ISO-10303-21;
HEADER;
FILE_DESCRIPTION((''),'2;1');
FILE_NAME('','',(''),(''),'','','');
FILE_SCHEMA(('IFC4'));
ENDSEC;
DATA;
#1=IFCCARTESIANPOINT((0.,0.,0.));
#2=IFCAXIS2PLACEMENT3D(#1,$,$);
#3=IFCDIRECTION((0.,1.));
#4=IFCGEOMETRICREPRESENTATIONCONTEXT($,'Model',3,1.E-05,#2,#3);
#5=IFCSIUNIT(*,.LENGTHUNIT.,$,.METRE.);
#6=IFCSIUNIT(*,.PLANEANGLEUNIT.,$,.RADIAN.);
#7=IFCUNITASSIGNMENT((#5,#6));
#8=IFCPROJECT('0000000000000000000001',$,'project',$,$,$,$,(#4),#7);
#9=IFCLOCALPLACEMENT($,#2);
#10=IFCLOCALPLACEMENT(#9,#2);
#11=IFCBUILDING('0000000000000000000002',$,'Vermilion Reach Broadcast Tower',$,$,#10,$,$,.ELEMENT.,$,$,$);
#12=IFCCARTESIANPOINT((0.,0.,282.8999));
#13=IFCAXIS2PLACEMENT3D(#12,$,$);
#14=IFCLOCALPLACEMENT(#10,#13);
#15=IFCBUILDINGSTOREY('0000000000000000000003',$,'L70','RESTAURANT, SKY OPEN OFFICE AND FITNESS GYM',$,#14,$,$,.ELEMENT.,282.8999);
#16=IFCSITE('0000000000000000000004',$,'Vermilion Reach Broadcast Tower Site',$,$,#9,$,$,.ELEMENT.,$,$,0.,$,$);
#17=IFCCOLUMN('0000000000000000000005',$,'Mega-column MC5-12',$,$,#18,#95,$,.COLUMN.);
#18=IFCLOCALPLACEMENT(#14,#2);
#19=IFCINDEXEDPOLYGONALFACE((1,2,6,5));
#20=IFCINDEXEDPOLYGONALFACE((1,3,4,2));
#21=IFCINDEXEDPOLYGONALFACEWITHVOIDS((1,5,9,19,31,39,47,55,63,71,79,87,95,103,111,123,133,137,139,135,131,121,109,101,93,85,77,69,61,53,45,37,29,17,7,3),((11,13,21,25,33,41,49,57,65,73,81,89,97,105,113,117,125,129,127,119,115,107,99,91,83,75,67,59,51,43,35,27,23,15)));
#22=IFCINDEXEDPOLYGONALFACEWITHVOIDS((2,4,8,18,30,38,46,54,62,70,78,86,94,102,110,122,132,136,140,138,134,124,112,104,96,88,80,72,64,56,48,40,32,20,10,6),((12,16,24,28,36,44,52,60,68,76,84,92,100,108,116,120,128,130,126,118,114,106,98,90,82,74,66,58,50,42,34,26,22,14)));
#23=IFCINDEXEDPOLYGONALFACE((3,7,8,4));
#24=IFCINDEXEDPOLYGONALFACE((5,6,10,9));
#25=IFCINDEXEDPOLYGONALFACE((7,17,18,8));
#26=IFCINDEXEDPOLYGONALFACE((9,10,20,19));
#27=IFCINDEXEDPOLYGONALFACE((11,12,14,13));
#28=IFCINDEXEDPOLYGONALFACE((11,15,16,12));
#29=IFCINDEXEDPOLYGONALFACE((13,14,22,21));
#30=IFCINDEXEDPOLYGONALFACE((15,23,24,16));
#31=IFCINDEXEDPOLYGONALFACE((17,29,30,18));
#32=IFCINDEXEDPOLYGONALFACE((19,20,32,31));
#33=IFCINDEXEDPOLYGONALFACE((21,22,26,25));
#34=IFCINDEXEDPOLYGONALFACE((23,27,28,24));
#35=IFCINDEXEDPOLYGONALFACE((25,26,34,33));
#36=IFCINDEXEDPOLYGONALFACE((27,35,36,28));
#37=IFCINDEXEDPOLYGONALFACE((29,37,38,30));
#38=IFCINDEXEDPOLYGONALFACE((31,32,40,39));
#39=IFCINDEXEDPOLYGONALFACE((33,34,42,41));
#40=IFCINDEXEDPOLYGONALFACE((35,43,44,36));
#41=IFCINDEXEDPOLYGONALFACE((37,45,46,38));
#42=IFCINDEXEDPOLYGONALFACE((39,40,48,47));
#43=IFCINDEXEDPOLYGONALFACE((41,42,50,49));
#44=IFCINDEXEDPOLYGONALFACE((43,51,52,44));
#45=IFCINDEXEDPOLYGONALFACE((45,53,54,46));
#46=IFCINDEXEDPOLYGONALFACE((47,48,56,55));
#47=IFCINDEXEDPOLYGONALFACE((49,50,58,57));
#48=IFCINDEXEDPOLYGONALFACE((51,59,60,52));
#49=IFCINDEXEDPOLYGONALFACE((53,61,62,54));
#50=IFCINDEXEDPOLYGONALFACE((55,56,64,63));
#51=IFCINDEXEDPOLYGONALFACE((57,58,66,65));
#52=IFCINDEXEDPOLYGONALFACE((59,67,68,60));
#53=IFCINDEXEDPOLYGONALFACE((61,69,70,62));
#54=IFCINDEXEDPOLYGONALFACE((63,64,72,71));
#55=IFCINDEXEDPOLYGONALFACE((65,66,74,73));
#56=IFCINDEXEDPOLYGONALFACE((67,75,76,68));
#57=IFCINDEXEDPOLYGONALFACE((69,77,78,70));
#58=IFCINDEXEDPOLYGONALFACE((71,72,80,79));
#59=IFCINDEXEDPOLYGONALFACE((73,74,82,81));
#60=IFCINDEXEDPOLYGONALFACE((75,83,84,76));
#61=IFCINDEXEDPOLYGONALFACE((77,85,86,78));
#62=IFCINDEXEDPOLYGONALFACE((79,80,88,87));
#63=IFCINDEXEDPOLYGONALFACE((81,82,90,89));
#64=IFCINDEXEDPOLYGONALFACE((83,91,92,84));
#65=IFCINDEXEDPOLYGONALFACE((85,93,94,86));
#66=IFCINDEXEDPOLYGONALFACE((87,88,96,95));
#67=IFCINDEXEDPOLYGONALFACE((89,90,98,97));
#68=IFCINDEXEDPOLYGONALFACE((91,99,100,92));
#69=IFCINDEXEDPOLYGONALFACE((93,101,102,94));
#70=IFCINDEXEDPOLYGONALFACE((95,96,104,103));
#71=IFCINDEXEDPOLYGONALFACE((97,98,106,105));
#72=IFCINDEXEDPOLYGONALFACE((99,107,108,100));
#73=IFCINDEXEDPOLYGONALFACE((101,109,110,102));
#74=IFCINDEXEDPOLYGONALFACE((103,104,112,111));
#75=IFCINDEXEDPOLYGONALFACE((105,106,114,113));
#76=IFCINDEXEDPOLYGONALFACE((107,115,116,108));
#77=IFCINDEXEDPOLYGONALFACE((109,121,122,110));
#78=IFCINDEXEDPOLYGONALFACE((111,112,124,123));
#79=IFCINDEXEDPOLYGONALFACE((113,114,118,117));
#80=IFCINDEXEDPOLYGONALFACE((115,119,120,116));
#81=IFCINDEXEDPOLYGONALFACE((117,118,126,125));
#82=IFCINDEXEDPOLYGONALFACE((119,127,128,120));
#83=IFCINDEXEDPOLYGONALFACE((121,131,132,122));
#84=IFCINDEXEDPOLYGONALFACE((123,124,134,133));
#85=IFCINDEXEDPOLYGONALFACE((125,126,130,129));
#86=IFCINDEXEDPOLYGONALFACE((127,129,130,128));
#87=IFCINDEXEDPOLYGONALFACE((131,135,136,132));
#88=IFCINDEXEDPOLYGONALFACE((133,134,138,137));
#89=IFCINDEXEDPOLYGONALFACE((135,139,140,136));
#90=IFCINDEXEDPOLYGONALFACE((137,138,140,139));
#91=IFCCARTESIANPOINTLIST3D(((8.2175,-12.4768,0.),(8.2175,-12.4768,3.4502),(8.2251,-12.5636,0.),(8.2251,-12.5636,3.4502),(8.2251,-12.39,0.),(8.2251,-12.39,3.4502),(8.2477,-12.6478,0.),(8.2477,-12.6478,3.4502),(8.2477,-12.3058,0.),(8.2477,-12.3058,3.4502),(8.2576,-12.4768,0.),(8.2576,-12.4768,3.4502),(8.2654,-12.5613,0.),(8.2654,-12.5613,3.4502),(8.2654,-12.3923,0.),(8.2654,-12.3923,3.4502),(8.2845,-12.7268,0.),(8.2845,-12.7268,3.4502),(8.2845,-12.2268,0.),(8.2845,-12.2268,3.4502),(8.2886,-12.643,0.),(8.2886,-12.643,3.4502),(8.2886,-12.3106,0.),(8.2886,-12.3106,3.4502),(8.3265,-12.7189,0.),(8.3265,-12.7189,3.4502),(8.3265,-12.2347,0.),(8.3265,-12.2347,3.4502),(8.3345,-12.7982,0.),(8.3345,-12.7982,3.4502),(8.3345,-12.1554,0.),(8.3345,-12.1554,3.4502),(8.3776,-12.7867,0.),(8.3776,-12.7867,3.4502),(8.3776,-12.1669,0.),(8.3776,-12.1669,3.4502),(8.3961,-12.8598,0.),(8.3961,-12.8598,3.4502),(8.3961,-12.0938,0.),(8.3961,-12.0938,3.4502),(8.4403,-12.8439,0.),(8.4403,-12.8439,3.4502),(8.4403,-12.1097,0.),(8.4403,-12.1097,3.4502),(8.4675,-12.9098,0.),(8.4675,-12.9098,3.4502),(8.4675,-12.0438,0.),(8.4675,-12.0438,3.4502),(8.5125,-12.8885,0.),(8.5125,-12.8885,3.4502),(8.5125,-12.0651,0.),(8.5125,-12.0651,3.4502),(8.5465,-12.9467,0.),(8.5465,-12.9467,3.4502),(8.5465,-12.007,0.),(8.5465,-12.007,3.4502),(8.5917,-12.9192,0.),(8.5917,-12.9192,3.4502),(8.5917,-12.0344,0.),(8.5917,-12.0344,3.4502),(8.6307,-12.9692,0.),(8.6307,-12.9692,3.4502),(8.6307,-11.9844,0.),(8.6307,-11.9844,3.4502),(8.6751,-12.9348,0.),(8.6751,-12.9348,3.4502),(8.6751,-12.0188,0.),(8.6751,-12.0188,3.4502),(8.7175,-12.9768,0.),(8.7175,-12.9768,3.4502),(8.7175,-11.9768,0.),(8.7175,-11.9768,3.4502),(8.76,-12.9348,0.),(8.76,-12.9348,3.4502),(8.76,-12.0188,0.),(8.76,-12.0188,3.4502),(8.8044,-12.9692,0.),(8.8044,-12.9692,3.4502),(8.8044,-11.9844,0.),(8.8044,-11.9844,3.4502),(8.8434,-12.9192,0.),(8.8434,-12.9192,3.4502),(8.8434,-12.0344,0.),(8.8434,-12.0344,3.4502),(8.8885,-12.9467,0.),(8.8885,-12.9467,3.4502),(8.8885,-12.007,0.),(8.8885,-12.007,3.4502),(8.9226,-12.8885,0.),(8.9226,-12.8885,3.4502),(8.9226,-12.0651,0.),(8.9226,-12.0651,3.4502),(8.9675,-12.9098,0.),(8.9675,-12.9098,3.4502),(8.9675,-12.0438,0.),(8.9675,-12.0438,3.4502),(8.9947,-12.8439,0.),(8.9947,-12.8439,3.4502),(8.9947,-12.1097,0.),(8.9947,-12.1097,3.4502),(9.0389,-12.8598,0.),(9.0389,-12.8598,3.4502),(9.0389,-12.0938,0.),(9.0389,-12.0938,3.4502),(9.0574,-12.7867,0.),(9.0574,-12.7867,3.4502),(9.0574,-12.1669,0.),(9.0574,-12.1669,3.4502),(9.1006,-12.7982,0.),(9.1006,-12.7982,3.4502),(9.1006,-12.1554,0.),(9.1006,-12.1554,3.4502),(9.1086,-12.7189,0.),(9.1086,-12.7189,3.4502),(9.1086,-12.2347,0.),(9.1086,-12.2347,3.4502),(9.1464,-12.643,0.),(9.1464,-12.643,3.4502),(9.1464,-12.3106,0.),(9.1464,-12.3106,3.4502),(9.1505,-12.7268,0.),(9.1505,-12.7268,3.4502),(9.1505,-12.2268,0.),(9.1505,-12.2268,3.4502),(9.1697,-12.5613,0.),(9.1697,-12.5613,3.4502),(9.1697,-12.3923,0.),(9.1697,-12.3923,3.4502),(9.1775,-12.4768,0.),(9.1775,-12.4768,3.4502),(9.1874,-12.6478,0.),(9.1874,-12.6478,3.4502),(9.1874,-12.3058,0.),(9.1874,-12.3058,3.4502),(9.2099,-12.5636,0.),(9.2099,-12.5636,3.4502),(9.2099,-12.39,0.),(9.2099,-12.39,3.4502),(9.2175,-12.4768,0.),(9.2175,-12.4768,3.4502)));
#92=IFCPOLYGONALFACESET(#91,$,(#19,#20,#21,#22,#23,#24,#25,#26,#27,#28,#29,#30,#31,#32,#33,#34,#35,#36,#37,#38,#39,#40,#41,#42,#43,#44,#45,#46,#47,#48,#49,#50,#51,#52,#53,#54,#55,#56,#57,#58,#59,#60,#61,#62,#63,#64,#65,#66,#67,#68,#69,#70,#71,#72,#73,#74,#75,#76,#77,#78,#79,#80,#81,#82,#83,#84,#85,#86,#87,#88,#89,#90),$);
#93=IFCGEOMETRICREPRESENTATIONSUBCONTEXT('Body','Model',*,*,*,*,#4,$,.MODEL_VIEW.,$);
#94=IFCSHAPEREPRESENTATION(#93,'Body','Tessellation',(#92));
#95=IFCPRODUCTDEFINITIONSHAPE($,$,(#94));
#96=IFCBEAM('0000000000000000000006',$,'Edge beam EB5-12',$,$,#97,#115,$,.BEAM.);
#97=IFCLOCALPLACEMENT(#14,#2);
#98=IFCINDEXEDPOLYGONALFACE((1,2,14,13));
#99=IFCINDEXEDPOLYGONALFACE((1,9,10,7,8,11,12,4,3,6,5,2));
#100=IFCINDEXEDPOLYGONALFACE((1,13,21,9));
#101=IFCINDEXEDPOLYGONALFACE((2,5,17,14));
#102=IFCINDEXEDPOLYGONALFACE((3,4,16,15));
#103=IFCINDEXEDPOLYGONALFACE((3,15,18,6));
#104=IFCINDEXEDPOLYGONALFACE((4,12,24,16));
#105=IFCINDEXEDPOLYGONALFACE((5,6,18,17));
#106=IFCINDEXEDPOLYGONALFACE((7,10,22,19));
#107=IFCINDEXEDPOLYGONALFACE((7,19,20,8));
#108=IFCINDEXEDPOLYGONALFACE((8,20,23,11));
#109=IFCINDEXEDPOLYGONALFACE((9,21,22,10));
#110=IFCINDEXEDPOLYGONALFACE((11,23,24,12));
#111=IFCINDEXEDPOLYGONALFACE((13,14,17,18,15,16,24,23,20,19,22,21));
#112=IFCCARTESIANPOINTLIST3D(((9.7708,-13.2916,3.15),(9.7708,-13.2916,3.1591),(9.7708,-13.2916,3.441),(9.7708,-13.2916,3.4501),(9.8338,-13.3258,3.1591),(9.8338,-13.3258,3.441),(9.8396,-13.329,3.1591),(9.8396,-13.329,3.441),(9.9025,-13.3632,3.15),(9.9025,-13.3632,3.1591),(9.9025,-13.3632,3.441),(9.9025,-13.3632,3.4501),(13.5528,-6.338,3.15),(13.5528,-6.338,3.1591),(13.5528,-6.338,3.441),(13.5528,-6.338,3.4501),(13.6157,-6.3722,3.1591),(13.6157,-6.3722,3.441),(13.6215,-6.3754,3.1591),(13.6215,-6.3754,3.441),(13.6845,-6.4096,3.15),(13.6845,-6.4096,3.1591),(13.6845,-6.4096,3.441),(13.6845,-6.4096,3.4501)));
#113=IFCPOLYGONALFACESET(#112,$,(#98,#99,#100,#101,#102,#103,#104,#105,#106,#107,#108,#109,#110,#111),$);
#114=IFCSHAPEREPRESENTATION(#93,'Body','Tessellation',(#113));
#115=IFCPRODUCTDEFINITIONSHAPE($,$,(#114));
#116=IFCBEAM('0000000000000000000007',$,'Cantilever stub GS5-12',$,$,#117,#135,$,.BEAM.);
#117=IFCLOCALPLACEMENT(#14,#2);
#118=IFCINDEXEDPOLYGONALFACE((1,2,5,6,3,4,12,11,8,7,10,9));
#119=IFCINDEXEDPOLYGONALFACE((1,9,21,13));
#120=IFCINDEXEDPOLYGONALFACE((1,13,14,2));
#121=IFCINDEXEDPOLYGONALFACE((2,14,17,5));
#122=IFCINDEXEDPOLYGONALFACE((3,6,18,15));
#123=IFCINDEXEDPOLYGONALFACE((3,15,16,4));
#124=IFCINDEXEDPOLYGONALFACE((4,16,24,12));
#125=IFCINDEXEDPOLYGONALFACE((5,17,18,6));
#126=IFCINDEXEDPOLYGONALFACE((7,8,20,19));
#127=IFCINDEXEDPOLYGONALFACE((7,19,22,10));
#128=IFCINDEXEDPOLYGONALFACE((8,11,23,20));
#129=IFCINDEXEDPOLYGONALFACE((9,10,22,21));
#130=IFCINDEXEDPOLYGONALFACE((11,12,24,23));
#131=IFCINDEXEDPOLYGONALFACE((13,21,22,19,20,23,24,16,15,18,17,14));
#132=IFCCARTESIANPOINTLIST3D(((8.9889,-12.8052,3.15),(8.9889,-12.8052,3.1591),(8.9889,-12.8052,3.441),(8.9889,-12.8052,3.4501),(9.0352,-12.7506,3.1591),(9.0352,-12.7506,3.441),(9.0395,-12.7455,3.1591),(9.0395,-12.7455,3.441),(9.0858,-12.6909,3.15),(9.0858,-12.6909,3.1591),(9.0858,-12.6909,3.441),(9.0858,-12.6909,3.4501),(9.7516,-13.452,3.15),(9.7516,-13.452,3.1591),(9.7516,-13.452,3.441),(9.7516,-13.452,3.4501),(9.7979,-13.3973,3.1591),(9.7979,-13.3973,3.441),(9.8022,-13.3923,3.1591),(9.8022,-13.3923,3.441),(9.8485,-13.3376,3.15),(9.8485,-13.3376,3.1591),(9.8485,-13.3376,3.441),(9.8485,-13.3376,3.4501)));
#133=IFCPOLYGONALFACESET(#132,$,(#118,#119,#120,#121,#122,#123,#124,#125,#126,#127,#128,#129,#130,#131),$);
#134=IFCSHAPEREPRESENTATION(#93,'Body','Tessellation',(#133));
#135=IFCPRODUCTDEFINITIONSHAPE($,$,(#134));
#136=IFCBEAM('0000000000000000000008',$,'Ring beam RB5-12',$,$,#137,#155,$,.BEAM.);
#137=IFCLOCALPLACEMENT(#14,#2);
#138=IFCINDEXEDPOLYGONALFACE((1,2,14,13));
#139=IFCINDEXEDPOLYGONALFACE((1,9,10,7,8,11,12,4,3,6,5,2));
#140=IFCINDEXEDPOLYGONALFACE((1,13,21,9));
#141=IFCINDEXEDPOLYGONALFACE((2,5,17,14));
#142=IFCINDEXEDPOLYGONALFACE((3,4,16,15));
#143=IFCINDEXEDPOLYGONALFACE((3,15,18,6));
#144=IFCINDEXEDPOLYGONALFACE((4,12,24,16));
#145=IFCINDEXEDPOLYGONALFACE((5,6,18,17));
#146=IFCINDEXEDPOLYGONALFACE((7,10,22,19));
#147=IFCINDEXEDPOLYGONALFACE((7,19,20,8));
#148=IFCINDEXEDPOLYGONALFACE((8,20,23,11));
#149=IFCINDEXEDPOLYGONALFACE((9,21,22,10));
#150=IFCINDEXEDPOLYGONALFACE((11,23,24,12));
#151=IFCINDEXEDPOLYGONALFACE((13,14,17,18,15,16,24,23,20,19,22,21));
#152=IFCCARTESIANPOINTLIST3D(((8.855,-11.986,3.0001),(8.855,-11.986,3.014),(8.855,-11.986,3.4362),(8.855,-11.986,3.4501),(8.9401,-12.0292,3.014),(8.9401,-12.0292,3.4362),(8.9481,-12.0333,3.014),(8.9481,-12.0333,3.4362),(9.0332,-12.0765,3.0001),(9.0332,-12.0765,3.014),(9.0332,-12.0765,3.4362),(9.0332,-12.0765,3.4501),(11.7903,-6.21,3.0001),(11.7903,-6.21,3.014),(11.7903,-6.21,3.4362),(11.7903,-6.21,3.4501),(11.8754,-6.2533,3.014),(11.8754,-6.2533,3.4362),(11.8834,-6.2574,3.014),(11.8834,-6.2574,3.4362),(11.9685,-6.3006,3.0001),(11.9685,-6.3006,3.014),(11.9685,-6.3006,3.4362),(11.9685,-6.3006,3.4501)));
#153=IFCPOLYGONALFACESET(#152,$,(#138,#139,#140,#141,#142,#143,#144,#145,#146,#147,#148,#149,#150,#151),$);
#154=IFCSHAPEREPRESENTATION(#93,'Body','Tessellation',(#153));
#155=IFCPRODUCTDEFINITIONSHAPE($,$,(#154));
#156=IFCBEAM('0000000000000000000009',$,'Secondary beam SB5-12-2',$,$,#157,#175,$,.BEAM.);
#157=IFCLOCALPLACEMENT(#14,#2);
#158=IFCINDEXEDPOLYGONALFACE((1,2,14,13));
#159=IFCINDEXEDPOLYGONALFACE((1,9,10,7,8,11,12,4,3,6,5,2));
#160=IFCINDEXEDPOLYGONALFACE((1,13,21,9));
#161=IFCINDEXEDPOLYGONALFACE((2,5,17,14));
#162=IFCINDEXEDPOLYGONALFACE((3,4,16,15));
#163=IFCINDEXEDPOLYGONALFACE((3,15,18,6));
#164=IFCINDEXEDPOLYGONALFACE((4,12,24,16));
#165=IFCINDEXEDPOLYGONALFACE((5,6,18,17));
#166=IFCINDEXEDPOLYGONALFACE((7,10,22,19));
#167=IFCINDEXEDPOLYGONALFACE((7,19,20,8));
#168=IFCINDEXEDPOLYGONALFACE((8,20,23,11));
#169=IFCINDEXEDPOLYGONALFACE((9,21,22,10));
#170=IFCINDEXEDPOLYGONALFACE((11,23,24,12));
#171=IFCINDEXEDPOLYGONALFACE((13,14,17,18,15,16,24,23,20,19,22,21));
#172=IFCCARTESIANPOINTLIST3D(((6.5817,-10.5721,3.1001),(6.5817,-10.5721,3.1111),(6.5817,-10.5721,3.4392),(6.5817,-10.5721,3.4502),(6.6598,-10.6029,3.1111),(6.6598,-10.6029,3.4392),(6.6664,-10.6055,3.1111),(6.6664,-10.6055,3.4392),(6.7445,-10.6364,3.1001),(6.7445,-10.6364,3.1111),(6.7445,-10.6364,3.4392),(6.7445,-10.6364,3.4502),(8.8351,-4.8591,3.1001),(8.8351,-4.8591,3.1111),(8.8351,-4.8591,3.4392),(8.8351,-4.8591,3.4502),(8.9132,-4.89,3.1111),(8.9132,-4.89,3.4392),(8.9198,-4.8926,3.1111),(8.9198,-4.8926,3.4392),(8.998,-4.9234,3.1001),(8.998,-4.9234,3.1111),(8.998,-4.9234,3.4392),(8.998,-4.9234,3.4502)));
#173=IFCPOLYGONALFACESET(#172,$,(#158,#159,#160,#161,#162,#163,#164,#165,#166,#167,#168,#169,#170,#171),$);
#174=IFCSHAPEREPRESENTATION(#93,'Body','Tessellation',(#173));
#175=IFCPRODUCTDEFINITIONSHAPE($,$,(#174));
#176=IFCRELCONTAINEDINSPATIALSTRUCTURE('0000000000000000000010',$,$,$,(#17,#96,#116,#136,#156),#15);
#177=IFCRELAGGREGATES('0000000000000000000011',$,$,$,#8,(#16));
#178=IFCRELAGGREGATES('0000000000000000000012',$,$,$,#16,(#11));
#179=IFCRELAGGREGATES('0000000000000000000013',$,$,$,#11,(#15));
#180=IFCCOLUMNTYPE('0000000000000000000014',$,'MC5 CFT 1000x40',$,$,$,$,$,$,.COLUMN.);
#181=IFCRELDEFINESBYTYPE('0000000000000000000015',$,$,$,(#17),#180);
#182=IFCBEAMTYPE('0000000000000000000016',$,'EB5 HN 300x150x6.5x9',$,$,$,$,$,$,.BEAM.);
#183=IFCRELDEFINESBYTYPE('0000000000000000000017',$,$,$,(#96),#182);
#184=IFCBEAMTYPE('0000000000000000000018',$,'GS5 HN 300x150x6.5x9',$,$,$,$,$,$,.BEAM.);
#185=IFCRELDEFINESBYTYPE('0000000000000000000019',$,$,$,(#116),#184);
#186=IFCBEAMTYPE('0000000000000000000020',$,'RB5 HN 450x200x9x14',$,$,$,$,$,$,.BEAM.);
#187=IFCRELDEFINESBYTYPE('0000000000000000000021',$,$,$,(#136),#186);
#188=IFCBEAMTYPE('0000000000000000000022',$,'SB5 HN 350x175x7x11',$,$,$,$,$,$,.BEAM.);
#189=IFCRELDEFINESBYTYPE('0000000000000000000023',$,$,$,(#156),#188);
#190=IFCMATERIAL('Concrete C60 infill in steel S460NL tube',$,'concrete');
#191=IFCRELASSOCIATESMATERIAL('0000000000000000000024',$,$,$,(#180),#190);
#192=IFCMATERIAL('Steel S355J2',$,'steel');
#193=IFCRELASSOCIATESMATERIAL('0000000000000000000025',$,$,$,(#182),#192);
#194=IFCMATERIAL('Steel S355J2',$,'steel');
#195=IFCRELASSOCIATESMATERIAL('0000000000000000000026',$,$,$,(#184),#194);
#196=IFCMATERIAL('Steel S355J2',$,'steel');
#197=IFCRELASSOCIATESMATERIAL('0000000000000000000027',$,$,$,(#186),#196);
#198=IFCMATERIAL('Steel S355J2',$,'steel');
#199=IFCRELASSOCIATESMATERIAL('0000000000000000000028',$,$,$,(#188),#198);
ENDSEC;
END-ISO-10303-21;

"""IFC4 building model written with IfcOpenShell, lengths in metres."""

from ifc_helpers import new_model, si_unit, direction, frame, origin, origin_2d, place, context, subcontext, project, spatial, hollow_circle, i_section, extrude, material, material_profile, profile_set, type_object, element, save


model = new_model("IFC4")

# Units and contexts
model_context = context("Model", 3, precision=1e-05, world=origin(), true_north=direction((0.0, 1.0)))
body_context = subcontext(model_context, "Body", "Model", "MODEL_VIEW")
ifc_project = project(units=[si_unit("LENGTHUNIT", "METRE"), si_unit("PLANEANGLEUNIT", "RADIAN")], contexts=[model_context])

# Site, building, storey
site_placement = place(None, origin())
site = spatial("IfcSite", under=ifc_project, at=site_placement, Name="Vermilion Reach Broadcast Tower Site", CompositionType="ELEMENT", RefElevation=0.0)
building_placement = place(site_placement, origin())
building = spatial("IfcBuilding", under=site, at=building_placement, Name="Vermilion Reach Broadcast Tower", CompositionType="ELEMENT")
storey_placement = place(building_placement, frame((0.0, 0.0, 282.8999)))
storey = spatial("IfcBuildingStorey", under=building, at=storey_placement, Name="L70", Description="RESTAURANT, SKY OPEN OFFICE AND FITNESS GYM", CompositionType="ELEMENT", Elevation=282.8999)

# Column
ifc_material_1 = material(Name="Concrete C60 infill in steel S460NL tube", Category="concrete")
ifc_material_profile_1 = material_profile(ifc_material_1, hollow_circle(Radius=0.5, WallThickness=0.04, at=origin_2d()), Name="Concrete C60 infill in steel S460NL tube CFT 1000x40")
ifc_profile_set_1 = profile_set([ifc_material_profile_1], Name="Concrete C60 infill in steel S460NL tube")
column_type = type_object("IfcColumnType", Name="MC5 CFT 1000x40", PredefinedType="COLUMN", material=ifc_profile_set_1)
column_placement = place(storey_placement, frame((8.7175, -12.4768, 0.0), z_axis=(0.0, 0.0, 1.0), x_axis=(1.0, 0.0, 0.0)))
element("IfcColumn", 1, at=column_placement, inside=storey, type_object=column_type, Name="Mega-column MC5-12", PredefinedType="COLUMN", context=body_context, shape_type="SweptSolid", body=[
    extrude(hollow_circle(Radius=0.5, WallThickness=0.04, at=origin_2d()), origin(), (0.0, 0.0, 1.0), 3.4502),
])

# Beams
ifc_material_2 = material(Name="Steel S355J2", Category="steel")
ifc_material_profile_2 = material_profile(ifc_material_2, i_section(OverallWidth=0.1499, OverallDepth=0.3, WebThickness=0.0066, FlangeThickness=0.009, at=origin_2d()), Name="S355J2 HN 300x150x6.5x9")
ifc_profile_set_2 = profile_set([ifc_material_profile_2], Name="Steel S355J2")
beam_type_1 = type_object("IfcBeamType", Name="EB5 HN 300x150x6.5x9", PredefinedType="BEAM", material=ifc_profile_set_2)
beam_1_placement = place(storey_placement, frame((9.8367, -13.3274, 3.3), z_axis=(0.477791, 0.878474, 0.0), x_axis=(-0.878474, 0.477791, 0.0)))
element("IfcBeam", 2, at=beam_1_placement, inside=storey, type_object=beam_type_1, Name="Edge beam EB5-12", PredefinedType="BEAM", context=body_context, shape_type="SweptSolid", body=[
    extrude(i_section(OverallWidth=0.1499, OverallDepth=0.3, WebThickness=0.0066, FlangeThickness=0.009, at=origin_2d()), origin(), (0.0, 0.0, 1.0), 7.9155),
])
ifc_material_3 = material(Name="Steel S355J2", Category="steel")
ifc_material_profile_3 = material_profile(ifc_material_3, i_section(OverallWidth=0.1499, OverallDepth=0.3, WebThickness=0.0066, FlangeThickness=0.009, at=origin_2d()), Name="S355J2 HN 300x150x6.5x9")
ifc_profile_set_3 = profile_set([ifc_material_profile_3], Name="Steel S355J2")
beam_type_2 = type_object("IfcBeamType", Name="GS5 HN 300x150x6.5x9", PredefinedType="BEAM", material=ifc_profile_set_3)
beam_2_placement = place(storey_placement, frame((9.0374, -12.748, 3.3), z_axis=(0.76271, -0.646741, 0.0), x_axis=(0.646741, 0.76271, 0.0)))
element("IfcBeam", 3, at=beam_2_placement, inside=storey, type_object=beam_type_2, Name="Cantilever stub GS5-12", PredefinedType="BEAM", context=body_context, shape_type="SweptSolid", body=[
    extrude(i_section(OverallWidth=0.1499, OverallDepth=0.3, WebThickness=0.0066, FlangeThickness=0.009, at=origin_2d()), origin(), (0.0, 0.0, 1.0), 1.0),
])
ifc_material_4 = material(Name="Steel S355J2", Category="steel")
ifc_material_profile_4 = material_profile(ifc_material_4, i_section(OverallWidth=0.2, OverallDepth=0.45, WebThickness=0.009, FlangeThickness=0.0139, at=origin_2d()), Name="S355J2 HN 450x200x9x14")
ifc_profile_set_4 = profile_set([ifc_material_profile_4], Name="Steel S355J2")
beam_type_3 = type_object("IfcBeamType", Name="RB5 HN 450x200x9x14", PredefinedType="BEAM", material=ifc_profile_set_4)
beam_3_placement = place(storey_placement, frame((8.9441, -12.0312, 3.2251), z_axis=(0.453052, 0.891484, 0.0), x_axis=(-0.891484, 0.453052, 0.0)))
element("IfcBeam", 4, at=beam_3_placement, inside=storey, type_object=beam_type_3, Name="Ring beam RB5-12", PredefinedType="BEAM", context=body_context, shape_type="SweptSolid", body=[
    extrude(i_section(OverallWidth=0.2, OverallDepth=0.45, WebThickness=0.009, FlangeThickness=0.0139, at=origin_2d()), origin(), (0.0, 0.0, 1.0), 6.479),
])
ifc_material_5 = material(Name="Steel S355J2", Category="steel")
ifc_material_profile_5 = material_profile(ifc_material_5, i_section(OverallWidth=0.175, OverallDepth=0.3501, WebThickness=0.0071, FlangeThickness=0.011, at=origin_2d()), Name="S355J2 HN 350x175x7x11")
ifc_profile_set_5 = profile_set([ifc_material_profile_5], Name="Steel S355J2")
beam_type_4 = type_object("IfcBeamType", Name="SB5 HN 350x175x7x11", PredefinedType="BEAM", material=ifc_profile_set_5)
beam_4_placement = place(storey_placement, frame((6.6631, -10.6042, 3.2751), z_axis=(0.366931, 0.930248, 0.0), x_axis=(-0.930248, 0.366931, 0.0)))
element("IfcBeam", 5, at=beam_4_placement, inside=storey, type_object=beam_type_4, Name="Secondary beam SB5-12-2", PredefinedType="BEAM", context=body_context, shape_type="SweptSolid", body=[
    extrude(i_section(OverallWidth=0.175, OverallDepth=0.3501, WebThickness=0.0071, FlangeThickness=0.011, at=origin_2d()), origin(), (0.0, 0.0, 1.0), 6.1414),
])

save(model, "model.ifc")
